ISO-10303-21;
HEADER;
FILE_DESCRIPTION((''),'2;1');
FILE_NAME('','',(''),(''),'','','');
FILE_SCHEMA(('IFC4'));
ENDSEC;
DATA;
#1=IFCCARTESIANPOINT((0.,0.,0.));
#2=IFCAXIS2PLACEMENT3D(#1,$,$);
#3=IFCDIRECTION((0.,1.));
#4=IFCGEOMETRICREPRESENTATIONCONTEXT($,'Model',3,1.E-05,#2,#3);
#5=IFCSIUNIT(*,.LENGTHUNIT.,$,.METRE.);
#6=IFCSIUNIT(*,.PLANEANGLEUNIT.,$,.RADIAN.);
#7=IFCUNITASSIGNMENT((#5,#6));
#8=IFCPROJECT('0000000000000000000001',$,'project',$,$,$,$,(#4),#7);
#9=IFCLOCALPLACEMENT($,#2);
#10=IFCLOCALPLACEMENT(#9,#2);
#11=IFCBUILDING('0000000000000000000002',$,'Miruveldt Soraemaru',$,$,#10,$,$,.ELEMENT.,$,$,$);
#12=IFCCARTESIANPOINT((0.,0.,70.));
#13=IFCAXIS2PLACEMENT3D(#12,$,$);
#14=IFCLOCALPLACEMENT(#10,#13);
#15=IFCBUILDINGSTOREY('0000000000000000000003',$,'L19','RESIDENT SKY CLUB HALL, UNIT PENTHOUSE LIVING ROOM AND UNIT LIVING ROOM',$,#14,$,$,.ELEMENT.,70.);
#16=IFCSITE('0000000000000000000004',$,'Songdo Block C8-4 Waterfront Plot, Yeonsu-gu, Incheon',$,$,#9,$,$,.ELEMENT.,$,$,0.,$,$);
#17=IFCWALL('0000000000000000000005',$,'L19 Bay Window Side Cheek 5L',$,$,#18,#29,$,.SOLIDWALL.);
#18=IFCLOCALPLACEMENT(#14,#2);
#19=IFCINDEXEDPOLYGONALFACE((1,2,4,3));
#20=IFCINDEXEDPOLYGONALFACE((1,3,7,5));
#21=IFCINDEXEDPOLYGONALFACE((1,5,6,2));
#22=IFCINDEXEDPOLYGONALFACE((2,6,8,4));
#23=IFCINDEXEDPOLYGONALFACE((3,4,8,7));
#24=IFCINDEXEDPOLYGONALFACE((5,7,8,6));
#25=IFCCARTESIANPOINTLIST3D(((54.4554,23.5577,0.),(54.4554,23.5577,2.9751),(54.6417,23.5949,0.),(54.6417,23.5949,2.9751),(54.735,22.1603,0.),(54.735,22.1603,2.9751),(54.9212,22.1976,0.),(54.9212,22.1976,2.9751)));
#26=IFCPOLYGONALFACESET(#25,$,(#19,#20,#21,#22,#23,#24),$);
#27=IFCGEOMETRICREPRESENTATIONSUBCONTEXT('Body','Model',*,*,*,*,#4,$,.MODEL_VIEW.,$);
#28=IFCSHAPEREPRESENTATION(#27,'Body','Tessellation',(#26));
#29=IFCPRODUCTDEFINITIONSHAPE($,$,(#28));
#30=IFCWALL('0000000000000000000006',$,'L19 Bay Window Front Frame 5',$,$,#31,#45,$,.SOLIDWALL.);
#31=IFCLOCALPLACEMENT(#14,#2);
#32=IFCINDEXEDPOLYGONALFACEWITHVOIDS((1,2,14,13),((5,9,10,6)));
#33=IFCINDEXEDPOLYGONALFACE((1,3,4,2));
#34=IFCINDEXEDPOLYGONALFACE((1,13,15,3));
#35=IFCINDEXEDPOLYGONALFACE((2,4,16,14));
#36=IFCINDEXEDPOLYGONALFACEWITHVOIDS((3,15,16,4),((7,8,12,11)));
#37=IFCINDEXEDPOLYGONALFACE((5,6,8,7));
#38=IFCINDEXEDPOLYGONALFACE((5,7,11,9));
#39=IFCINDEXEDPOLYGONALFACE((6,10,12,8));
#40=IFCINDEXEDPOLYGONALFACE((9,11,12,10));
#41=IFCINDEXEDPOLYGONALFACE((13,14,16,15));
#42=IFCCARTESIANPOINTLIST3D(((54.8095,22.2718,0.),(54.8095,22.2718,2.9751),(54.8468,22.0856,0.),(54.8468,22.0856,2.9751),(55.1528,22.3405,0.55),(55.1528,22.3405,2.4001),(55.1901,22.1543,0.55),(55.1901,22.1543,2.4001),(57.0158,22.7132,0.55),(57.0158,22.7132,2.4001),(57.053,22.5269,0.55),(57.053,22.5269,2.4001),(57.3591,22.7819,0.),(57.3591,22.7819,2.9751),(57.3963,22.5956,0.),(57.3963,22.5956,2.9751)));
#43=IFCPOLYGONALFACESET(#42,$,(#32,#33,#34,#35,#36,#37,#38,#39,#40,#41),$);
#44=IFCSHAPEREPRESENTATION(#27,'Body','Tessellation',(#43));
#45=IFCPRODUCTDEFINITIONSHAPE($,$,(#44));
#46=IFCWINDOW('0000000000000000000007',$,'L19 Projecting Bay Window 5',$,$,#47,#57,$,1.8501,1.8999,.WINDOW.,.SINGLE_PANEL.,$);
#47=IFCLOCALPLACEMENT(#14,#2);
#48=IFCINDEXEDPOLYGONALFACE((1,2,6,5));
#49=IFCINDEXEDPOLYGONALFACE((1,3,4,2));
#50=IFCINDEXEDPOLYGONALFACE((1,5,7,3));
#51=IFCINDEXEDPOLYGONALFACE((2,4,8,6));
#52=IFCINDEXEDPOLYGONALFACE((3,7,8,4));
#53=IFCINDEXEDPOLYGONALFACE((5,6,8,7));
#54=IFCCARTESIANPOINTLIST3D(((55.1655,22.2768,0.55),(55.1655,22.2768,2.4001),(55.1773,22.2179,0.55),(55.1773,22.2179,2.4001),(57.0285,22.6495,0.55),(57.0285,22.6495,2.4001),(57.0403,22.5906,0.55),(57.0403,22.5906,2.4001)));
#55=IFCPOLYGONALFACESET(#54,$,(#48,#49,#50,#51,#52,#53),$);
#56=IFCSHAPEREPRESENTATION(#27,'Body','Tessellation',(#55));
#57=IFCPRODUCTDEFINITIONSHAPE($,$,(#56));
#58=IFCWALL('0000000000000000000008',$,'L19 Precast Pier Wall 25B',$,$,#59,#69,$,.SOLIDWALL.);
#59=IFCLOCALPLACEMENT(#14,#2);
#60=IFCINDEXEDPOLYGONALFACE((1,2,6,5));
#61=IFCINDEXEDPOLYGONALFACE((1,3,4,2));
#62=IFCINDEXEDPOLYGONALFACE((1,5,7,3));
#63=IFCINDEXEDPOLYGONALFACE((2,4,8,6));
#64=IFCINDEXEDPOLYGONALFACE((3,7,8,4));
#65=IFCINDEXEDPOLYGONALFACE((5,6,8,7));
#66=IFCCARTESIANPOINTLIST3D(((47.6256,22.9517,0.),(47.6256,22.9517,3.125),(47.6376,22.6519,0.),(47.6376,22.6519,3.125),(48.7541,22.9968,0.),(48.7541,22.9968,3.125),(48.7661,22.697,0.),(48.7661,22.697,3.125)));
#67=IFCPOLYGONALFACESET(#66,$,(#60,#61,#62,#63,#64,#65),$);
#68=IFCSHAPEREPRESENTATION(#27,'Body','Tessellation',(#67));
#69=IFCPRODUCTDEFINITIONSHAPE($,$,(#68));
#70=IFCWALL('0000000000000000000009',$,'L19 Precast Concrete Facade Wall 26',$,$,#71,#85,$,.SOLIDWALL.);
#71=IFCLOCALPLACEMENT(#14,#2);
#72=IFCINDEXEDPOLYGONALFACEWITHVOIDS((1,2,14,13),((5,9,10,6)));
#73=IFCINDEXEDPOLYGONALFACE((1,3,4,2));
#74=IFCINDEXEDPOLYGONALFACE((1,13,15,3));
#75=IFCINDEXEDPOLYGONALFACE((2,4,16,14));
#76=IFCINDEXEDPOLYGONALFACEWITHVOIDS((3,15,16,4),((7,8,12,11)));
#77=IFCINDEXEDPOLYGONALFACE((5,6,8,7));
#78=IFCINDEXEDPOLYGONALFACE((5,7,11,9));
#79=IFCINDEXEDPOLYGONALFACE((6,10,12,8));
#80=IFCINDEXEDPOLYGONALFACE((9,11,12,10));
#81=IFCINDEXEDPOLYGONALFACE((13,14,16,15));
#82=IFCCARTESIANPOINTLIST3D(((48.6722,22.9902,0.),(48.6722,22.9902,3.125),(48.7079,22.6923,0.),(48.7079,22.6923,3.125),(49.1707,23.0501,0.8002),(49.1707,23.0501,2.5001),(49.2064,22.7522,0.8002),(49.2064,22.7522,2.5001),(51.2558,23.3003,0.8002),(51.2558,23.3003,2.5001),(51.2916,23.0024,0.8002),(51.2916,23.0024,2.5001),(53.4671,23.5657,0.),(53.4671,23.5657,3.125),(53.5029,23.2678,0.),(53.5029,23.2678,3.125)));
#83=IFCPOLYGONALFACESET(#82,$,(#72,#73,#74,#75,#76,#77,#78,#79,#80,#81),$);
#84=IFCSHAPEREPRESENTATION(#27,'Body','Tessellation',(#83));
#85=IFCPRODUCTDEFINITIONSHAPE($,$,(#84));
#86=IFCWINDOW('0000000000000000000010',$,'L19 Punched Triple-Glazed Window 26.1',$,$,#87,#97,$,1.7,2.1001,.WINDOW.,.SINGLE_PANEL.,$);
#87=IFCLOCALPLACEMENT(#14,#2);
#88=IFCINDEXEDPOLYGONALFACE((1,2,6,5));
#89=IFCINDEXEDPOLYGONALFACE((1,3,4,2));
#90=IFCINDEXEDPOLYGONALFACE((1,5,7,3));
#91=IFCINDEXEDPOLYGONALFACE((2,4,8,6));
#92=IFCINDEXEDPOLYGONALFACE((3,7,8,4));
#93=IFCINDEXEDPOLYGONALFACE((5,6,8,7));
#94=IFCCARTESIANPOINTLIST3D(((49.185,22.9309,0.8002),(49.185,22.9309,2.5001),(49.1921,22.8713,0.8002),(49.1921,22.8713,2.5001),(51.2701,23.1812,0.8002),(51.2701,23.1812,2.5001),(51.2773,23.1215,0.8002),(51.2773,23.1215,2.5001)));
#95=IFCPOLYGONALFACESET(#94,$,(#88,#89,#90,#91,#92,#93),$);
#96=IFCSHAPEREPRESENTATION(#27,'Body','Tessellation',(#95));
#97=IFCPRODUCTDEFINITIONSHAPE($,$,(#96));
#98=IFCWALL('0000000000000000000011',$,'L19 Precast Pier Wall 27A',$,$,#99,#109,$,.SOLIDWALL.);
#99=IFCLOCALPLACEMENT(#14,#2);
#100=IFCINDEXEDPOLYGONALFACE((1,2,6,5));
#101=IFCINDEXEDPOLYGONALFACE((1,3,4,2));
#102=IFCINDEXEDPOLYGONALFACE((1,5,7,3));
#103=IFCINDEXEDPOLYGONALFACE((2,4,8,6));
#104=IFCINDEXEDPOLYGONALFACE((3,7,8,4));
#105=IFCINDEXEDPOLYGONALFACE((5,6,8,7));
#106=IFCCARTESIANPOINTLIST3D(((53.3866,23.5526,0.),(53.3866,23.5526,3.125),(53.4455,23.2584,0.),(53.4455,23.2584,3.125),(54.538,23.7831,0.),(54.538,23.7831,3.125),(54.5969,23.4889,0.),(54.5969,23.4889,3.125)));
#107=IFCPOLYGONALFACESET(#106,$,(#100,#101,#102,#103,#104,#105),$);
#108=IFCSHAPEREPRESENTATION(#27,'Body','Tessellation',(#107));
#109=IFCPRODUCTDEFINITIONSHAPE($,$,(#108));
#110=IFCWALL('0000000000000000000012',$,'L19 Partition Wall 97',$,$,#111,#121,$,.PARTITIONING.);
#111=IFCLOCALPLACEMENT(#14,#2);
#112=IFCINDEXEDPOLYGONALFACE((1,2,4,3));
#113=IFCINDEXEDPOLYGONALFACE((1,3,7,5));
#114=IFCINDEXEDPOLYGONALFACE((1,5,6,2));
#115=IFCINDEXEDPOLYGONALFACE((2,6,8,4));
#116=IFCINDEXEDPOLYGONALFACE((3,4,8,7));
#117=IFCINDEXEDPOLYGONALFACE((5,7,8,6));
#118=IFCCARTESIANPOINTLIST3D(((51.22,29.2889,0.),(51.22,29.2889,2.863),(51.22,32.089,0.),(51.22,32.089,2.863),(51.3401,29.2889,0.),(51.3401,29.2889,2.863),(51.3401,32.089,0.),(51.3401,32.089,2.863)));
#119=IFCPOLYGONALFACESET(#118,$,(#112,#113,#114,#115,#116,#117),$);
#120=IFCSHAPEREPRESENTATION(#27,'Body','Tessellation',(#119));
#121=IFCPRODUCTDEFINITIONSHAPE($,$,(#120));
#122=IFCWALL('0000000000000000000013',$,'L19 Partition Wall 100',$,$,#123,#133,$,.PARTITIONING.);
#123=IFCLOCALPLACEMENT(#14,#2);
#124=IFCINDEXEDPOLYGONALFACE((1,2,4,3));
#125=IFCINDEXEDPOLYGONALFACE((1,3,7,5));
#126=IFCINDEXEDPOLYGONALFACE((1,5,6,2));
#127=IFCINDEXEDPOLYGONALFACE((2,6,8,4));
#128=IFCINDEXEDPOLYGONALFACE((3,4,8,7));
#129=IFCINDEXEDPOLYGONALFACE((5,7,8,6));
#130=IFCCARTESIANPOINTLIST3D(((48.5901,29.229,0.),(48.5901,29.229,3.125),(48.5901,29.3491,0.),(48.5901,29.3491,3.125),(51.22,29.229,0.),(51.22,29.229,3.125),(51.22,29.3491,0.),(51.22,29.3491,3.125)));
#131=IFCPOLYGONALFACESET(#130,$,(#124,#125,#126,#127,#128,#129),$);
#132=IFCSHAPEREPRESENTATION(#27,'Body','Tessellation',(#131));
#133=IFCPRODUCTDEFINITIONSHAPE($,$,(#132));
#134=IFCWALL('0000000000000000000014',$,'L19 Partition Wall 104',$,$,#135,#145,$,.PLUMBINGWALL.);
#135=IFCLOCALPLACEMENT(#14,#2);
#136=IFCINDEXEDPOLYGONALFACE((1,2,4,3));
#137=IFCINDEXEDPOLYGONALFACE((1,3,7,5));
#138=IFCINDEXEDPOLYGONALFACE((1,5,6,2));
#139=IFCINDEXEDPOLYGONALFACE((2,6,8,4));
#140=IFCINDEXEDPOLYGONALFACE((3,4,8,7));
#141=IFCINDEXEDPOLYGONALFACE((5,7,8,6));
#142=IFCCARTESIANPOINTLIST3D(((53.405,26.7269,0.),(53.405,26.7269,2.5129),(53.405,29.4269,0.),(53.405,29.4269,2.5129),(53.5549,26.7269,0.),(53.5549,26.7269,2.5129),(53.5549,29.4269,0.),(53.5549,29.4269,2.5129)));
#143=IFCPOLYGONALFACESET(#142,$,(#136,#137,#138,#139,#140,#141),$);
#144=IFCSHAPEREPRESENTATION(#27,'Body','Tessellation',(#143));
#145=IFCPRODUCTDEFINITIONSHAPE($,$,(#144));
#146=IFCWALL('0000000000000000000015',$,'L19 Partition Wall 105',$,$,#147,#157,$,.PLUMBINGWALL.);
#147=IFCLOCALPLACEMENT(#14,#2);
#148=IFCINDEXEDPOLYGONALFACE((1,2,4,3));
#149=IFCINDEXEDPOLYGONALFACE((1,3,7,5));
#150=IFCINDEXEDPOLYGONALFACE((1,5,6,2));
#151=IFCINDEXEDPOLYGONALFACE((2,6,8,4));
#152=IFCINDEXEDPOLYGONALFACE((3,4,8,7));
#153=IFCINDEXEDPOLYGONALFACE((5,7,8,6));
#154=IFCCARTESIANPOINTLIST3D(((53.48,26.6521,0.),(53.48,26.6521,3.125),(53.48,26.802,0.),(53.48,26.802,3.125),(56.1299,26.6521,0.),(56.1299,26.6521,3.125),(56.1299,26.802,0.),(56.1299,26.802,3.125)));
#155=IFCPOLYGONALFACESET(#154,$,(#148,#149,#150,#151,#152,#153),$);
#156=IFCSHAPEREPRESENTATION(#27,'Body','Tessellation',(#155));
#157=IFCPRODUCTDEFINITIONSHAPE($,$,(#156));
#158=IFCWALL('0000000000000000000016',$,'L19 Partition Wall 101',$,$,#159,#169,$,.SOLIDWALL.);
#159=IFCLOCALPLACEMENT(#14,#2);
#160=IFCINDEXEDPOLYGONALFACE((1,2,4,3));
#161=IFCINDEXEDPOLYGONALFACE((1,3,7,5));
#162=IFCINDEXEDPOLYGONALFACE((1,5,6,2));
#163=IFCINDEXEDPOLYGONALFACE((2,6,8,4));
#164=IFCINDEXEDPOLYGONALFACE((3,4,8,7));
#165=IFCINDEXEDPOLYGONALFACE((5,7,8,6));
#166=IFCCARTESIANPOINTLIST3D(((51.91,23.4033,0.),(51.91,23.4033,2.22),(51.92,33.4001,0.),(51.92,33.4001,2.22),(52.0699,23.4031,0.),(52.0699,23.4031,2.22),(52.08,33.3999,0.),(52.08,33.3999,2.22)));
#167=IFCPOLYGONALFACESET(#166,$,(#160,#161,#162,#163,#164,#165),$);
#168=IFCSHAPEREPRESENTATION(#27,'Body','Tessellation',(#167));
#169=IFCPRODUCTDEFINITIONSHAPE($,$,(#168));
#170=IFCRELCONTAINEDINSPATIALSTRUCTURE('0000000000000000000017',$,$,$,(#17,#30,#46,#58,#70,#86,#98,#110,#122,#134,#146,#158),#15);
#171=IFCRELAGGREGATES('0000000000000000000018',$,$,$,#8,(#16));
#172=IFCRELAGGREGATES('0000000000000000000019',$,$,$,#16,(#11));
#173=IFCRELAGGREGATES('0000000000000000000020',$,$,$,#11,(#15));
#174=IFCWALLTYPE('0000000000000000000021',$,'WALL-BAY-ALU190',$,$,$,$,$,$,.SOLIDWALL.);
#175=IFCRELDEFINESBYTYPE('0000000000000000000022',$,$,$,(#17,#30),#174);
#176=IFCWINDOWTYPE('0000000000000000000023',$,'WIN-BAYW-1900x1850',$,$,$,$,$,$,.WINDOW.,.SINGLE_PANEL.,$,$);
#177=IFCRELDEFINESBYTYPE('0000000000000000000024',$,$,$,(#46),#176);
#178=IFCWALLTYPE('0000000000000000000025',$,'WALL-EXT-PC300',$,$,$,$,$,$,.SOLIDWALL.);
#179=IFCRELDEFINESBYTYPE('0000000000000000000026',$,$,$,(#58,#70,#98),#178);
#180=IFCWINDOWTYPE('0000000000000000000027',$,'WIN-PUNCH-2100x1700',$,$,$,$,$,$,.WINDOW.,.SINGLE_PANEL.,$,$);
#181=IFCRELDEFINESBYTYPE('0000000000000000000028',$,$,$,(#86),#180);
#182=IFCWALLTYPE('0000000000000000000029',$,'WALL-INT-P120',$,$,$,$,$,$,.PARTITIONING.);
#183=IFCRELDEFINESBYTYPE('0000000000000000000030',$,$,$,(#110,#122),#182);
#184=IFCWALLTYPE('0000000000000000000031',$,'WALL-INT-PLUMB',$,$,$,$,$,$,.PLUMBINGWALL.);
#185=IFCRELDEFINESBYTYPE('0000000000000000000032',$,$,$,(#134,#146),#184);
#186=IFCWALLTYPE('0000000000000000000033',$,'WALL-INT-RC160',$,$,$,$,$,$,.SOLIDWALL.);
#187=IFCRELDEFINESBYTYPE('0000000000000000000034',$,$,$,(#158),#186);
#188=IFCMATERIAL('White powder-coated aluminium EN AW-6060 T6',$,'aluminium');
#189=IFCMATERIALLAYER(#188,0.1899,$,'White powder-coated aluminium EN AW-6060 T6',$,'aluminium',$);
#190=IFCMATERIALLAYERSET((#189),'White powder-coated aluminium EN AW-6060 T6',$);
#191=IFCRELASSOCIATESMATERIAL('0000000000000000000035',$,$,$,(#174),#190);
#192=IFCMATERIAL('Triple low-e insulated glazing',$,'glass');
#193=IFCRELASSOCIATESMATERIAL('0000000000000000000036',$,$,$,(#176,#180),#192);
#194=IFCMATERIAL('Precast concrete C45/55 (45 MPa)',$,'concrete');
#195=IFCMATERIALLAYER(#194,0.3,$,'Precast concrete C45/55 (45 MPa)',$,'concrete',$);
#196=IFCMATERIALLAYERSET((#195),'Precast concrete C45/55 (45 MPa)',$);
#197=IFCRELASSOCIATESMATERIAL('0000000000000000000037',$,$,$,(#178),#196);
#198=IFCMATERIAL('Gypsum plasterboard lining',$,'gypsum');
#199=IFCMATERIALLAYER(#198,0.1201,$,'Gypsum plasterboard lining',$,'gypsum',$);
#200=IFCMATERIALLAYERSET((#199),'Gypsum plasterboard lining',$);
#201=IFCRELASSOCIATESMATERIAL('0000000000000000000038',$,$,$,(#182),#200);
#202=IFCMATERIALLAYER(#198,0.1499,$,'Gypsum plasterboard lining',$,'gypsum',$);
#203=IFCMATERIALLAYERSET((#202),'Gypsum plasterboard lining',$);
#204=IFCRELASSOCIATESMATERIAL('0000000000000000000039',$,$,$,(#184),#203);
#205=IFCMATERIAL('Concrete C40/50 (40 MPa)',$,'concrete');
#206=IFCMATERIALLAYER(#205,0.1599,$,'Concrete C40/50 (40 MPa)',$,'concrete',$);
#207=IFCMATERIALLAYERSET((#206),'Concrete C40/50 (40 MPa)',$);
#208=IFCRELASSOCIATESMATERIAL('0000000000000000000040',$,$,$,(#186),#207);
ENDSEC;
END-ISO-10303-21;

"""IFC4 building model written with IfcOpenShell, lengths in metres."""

from ifc_helpers import new_model, si_unit, direction, frame, frame_2d, origin, place, context, subcontext, project, spatial, rectangle, extrude, material, layer, layer_set, type_object, element, fill, save


model = new_model("IFC4")

# Units and contexts
model_context = context("Model", 3, precision=1e-05, world=origin(), true_north=direction((0.0, 1.0)))
body_context = subcontext(model_context, "Body", "Model", "MODEL_VIEW")
ifc_project = project(units=[si_unit("LENGTHUNIT", "METRE"), si_unit("PLANEANGLEUNIT", "RADIAN")], contexts=[model_context])

# Site, building, storey
site_placement = place(None, origin())
site = spatial("IfcSite", under=ifc_project, at=site_placement, Name="Songdo Block C8-4 Waterfront Plot, Yeonsu-gu, Incheon", CompositionType="ELEMENT", RefElevation=0.0)
building_placement = place(site_placement, origin())
building = spatial("IfcBuilding", under=site, at=building_placement, Name="Miruveldt Soraemaru", CompositionType="ELEMENT")
storey_placement = place(building_placement, frame((0.0, 0.0, 70.0)))
storey = spatial("IfcBuildingStorey", under=building, at=storey_placement, Name="L19", Description="RESIDENT SKY CLUB HALL, UNIT PENTHOUSE LIVING ROOM AND UNIT LIVING ROOM", CompositionType="ELEMENT", Elevation=70.0)

# Shared definitions
ifc_material_1 = material(Name="White powder-coated aluminium EN AW-6060 T6", Category="aluminium")
ifc_layer_1 = layer(ifc_material_1, 0.1899, Name="White powder-coated aluminium EN AW-6060 T6", Category="aluminium")
ifc_layer_set_1 = layer_set([ifc_layer_1], Name="White powder-coated aluminium EN AW-6060 T6")
wall_type_1 = type_object("IfcWallType", Name="WALL-BAY-ALU190", PredefinedType="SOLIDWALL", material=ifc_layer_set_1)

# Shared definitions
ifc_material_2 = material(Name="Triple low-e insulated glazing", Category="glass")
window_type_1 = type_object("IfcWindowType", Name="WIN-BAYW-1900x1850", PartitioningType="SINGLE_PANEL", PredefinedType="WINDOW", material=ifc_material_2)

# Wall
wall_1_placement = place(storey_placement, frame((54.5486, 23.5762, 0.0), z_axis=(0.0, 0.0, 1.0), x_axis=(0.196149, -0.980574, 0.0)))
element("IfcWall", 1, at=wall_1_placement, inside=storey, type_object=wall_type_1, Name="L19 Bay Window Side Cheek 5L", PredefinedType="SOLIDWALL", context=body_context, shape_type="SweptSolid", body=[
    extrude(rectangle(XDim=1.425, YDim=0.1899, at=frame_2d((0.7124, 0.0))), origin(), (0.0, 0.0, 1.0), 2.9751),
])

# Wall, opening, window
wall_2_placement = place(storey_placement, frame((54.8281, 22.1787, 0.0), z_axis=(0.0, 0.0, 1.0), x_axis=(0.980573, 0.196152, 0.0)))
wall_2 = element("IfcWall", 2, at=wall_2_placement, inside=storey, type_object=wall_type_1, Name="L19 Bay Window Front Frame 5", PredefinedType="SOLIDWALL", context=body_context, shape_type="SweptSolid", body=[
    extrude(rectangle(XDim=2.6001, YDim=0.1899, at=frame_2d((1.3, 0.0))), origin(), (0.0, 0.0, 1.0), 2.9751),
])
opening_1_placement = place(wall_2_placement, frame((0.3501, 0.0, 0.55)))
opening_1 = element("IfcOpeningElement", 3, at=opening_1_placement, cuts=wall_2, PredefinedType="OPENING", context=body_context, shape_type="SweptSolid", body=[
    extrude(rectangle(XDim=1.8999, YDim=1.8501, at=frame_2d((0.95, 0.925))), frame((0.0, 0.105, 0.0), z_axis=(0.0, -1.0, 0.0), x_axis=(1.0, 0.0, 0.0)), (0.0, 0.0, 1.0), 0.21),
])
window_1_placement = place(opening_1_placement, origin())
window_1 = element("IfcWindow", 4, at=window_1_placement, inside=storey, type_object=window_type_1, Name="L19 Projecting Bay Window 5", OverallHeight=1.8501, OverallWidth=1.8999, PartitioningType="SINGLE_PANEL", PredefinedType="WINDOW", context=body_context, shape_type="SweptSolid", body=[
    extrude(rectangle(XDim=1.8999, YDim=1.8501, at=frame_2d((0.95, 0.925))), frame((0.0, 0.03, 0.0), z_axis=(0.0, -1.0, 0.0), x_axis=(1.0, 0.0, 0.0)), (0.0, 0.0, 1.0), 0.0601),
])
fill(opening_1, window_1)

# Wall
ifc_material_3 = material(Name="Precast concrete C45/55 (45 MPa)", Category="concrete")
ifc_layer_2 = layer(ifc_material_3, 0.3, Name="Precast concrete C45/55 (45 MPa)", Category="concrete")
ifc_layer_set_2 = layer_set([ifc_layer_2], Name="Precast concrete C45/55 (45 MPa)")
wall_type_2 = type_object("IfcWallType", Name="WALL-EXT-PC300", PredefinedType="SOLIDWALL", material=ifc_layer_set_2)
wall_3_placement = place(storey_placement, frame((47.6316, 22.8018, 0.0), z_axis=(0.0, 0.0, 1.0), x_axis=(0.9992, 0.039994, 0.0)))
element("IfcWall", 5, at=wall_3_placement, inside=storey, type_object=wall_type_2, Name="L19 Precast Pier Wall 25B", PredefinedType="SOLIDWALL", context=body_context, shape_type="SweptSolid", body=[
    extrude(rectangle(XDim=1.1294, YDim=0.3, at=frame_2d((0.5647, 0.0))), origin(), (0.0, 0.0, 1.0), 3.125),
])

# Wall, opening, window
wall_4_placement = place(storey_placement, frame((48.6902, 22.8413, 0.0), z_axis=(0.0, 0.0, 1.0), x_axis=(0.992876, 0.119155, 0.0)))
wall_4 = element("IfcWall", 6, at=wall_4_placement, inside=storey, type_object=wall_type_2, Name="L19 Precast Concrete Facade Wall 26", PredefinedType="SOLIDWALL", context=body_context, shape_type="SweptSolid", body=[
    extrude(rectangle(XDim=4.8293, YDim=0.3, at=frame_2d((2.4146, 0.0))), origin(), (0.0, 0.0, 1.0), 3.125),
])
opening_2_placement = place(wall_4_placement, frame((0.502, 0.0, 0.8)))
opening_2 = element("IfcOpeningElement", 7, at=opening_2_placement, cuts=wall_4, PredefinedType="OPENING", context=body_context, shape_type="SweptSolid", body=[
    extrude(rectangle(XDim=2.1001, YDim=1.7, at=frame_2d((1.05, 0.8501))), frame((0.0, 0.1602, 0.0), z_axis=(0.0, -1.0, 0.0), x_axis=(1.0, 0.0, 0.0)), (0.0, 0.0, 1.0), 0.3201),
])
window_type_2 = type_object("IfcWindowType", Name="WIN-PUNCH-2100x1700", PartitioningType="SINGLE_PANEL", PredefinedType="WINDOW", material=ifc_material_2)
window_2_placement = place(opening_2_placement, origin())
window_2 = element("IfcWindow", 8, at=window_2_placement, inside=storey, type_object=window_type_2, Name="L19 Punched Triple-Glazed Window 26.1", OverallHeight=1.7, OverallWidth=2.1001, PartitioningType="SINGLE_PANEL", PredefinedType="WINDOW", context=body_context, shape_type="SweptSolid", body=[
    extrude(rectangle(XDim=2.1001, YDim=1.7, at=frame_2d((1.05, 0.8501))), frame((0.0, 0.03, 0.0), z_axis=(0.0, -1.0, 0.0), x_axis=(1.0, 0.0, 0.0)), (0.0, 0.0, 1.0), 0.0601),
])
fill(opening_2, window_2)

# Walls
wall_5_placement = place(storey_placement, frame((53.416, 23.4055, 0.0), z_axis=(0.0, 0.0, 1.0), x_axis=(0.980549, 0.196276, 0.0)))
element("IfcWall", 9, at=wall_5_placement, inside=storey, type_object=wall_type_2, Name="L19 Precast Pier Wall 27A", PredefinedType="SOLIDWALL", context=body_context, shape_type="SweptSolid", body=[
    extrude(rectangle(XDim=1.1743, YDim=0.3, at=frame_2d((0.5872, 0.0))), origin(), (0.0, 0.0, 1.0), 3.125),
])
ifc_material_4 = material(Name="Gypsum plasterboard lining", Category="gypsum")
ifc_layer_3 = layer(ifc_material_4, 0.1201, Name="Gypsum plasterboard lining", Category="gypsum")
ifc_layer_set_3 = layer_set([ifc_layer_3], Name="Gypsum plasterboard lining")
wall_type_3 = type_object("IfcWallType", Name="WALL-INT-P120", PredefinedType="PARTITIONING", material=ifc_layer_set_3)
wall_6_placement = place(storey_placement, frame((51.28, 29.2891, 0.0), z_axis=(0.0, 0.0, 1.0), x_axis=(0.0, 1.0, 0.0)))
element("IfcWall", 10, at=wall_6_placement, inside=storey, type_object=wall_type_3, Name="L19 Partition Wall 97", PredefinedType="PARTITIONING", context=body_context, shape_type="SweptSolid", body=[
    extrude(rectangle(XDim=2.8, YDim=0.1201, at=frame_2d((1.3999, 0.0))), origin(), (0.0, 0.0, 1.0), 2.863),
])
wall_7_placement = place(storey_placement, frame((48.5901, 29.2891, 0.0), z_axis=(0.0, 0.0, 1.0), x_axis=(1.0, 0.0, 0.0)))
element("IfcWall", 11, at=wall_7_placement, inside=storey, type_object=wall_type_3, Name="L19 Partition Wall 100", PredefinedType="PARTITIONING", context=body_context, shape_type="SweptSolid", body=[
    extrude(rectangle(XDim=2.6299, YDim=0.1201, at=frame_2d((1.3149, 0.0))), origin(), (0.0, 0.0, 1.0), 3.125),
])
ifc_layer_4 = layer(ifc_material_4, 0.1499, Name="Gypsum plasterboard lining", Category="gypsum")
ifc_layer_set_4 = layer_set([ifc_layer_4], Name="Gypsum plasterboard lining")
wall_type_4 = type_object("IfcWallType", Name="WALL-INT-PLUMB", PredefinedType="PLUMBINGWALL", material=ifc_layer_set_4)
wall_8_placement = place(storey_placement, frame((53.48, 29.427, 0.0), z_axis=(0.0, 0.0, 1.0), x_axis=(0.0, -1.0, 0.0)))
element("IfcWall", 12, at=wall_8_placement, inside=storey, type_object=wall_type_4, Name="L19 Partition Wall 104", PredefinedType="PLUMBINGWALL", context=body_context, shape_type="SweptSolid", body=[
    extrude(rectangle(XDim=2.7, YDim=0.1499, at=frame_2d((1.3501, 0.0))), origin(), (0.0, 0.0, 1.0), 2.5129),
])
wall_9_placement = place(storey_placement, frame((53.48, 26.7271, 0.0), z_axis=(0.0, 0.0, 1.0), x_axis=(1.0, 0.0, 0.0)))
element("IfcWall", 13, at=wall_9_placement, inside=storey, type_object=wall_type_4, Name="L19 Partition Wall 105", PredefinedType="PLUMBINGWALL", context=body_context, shape_type="SweptSolid", body=[
    extrude(rectangle(XDim=2.6499, YDim=0.1499, at=frame_2d((1.325, 0.0))), origin(), (0.0, 0.0, 1.0), 3.125),
])
ifc_material_5 = material(Name="Concrete C40/50 (40 MPa)", Category="concrete")
ifc_layer_5 = layer(ifc_material_5, 0.1599, Name="Concrete C40/50 (40 MPa)", Category="concrete")
ifc_layer_set_5 = layer_set([ifc_layer_5], Name="Concrete C40/50 (40 MPa)")
wall_type_5 = type_object("IfcWallType", Name="WALL-INT-RC160", PredefinedType="SOLIDWALL", material=ifc_layer_set_5)
wall_10_placement = place(storey_placement, frame((51.99, 23.4031, 0.0), z_axis=(0.0, 0.0, 1.0), x_axis=(0.001001, 0.999999, 0.0)))
element("IfcWall", 14, at=wall_10_placement, inside=storey, type_object=wall_type_5, Name="L19 Partition Wall 101", PredefinedType="SOLIDWALL", context=body_context, shape_type="SweptSolid", body=[
    extrude(rectangle(XDim=9.9968, YDim=0.1599, at=frame_2d((4.9985, 0.0))), origin(), (0.0, 0.0, 1.0), 2.22),
])

save(model, "model.ifc")
